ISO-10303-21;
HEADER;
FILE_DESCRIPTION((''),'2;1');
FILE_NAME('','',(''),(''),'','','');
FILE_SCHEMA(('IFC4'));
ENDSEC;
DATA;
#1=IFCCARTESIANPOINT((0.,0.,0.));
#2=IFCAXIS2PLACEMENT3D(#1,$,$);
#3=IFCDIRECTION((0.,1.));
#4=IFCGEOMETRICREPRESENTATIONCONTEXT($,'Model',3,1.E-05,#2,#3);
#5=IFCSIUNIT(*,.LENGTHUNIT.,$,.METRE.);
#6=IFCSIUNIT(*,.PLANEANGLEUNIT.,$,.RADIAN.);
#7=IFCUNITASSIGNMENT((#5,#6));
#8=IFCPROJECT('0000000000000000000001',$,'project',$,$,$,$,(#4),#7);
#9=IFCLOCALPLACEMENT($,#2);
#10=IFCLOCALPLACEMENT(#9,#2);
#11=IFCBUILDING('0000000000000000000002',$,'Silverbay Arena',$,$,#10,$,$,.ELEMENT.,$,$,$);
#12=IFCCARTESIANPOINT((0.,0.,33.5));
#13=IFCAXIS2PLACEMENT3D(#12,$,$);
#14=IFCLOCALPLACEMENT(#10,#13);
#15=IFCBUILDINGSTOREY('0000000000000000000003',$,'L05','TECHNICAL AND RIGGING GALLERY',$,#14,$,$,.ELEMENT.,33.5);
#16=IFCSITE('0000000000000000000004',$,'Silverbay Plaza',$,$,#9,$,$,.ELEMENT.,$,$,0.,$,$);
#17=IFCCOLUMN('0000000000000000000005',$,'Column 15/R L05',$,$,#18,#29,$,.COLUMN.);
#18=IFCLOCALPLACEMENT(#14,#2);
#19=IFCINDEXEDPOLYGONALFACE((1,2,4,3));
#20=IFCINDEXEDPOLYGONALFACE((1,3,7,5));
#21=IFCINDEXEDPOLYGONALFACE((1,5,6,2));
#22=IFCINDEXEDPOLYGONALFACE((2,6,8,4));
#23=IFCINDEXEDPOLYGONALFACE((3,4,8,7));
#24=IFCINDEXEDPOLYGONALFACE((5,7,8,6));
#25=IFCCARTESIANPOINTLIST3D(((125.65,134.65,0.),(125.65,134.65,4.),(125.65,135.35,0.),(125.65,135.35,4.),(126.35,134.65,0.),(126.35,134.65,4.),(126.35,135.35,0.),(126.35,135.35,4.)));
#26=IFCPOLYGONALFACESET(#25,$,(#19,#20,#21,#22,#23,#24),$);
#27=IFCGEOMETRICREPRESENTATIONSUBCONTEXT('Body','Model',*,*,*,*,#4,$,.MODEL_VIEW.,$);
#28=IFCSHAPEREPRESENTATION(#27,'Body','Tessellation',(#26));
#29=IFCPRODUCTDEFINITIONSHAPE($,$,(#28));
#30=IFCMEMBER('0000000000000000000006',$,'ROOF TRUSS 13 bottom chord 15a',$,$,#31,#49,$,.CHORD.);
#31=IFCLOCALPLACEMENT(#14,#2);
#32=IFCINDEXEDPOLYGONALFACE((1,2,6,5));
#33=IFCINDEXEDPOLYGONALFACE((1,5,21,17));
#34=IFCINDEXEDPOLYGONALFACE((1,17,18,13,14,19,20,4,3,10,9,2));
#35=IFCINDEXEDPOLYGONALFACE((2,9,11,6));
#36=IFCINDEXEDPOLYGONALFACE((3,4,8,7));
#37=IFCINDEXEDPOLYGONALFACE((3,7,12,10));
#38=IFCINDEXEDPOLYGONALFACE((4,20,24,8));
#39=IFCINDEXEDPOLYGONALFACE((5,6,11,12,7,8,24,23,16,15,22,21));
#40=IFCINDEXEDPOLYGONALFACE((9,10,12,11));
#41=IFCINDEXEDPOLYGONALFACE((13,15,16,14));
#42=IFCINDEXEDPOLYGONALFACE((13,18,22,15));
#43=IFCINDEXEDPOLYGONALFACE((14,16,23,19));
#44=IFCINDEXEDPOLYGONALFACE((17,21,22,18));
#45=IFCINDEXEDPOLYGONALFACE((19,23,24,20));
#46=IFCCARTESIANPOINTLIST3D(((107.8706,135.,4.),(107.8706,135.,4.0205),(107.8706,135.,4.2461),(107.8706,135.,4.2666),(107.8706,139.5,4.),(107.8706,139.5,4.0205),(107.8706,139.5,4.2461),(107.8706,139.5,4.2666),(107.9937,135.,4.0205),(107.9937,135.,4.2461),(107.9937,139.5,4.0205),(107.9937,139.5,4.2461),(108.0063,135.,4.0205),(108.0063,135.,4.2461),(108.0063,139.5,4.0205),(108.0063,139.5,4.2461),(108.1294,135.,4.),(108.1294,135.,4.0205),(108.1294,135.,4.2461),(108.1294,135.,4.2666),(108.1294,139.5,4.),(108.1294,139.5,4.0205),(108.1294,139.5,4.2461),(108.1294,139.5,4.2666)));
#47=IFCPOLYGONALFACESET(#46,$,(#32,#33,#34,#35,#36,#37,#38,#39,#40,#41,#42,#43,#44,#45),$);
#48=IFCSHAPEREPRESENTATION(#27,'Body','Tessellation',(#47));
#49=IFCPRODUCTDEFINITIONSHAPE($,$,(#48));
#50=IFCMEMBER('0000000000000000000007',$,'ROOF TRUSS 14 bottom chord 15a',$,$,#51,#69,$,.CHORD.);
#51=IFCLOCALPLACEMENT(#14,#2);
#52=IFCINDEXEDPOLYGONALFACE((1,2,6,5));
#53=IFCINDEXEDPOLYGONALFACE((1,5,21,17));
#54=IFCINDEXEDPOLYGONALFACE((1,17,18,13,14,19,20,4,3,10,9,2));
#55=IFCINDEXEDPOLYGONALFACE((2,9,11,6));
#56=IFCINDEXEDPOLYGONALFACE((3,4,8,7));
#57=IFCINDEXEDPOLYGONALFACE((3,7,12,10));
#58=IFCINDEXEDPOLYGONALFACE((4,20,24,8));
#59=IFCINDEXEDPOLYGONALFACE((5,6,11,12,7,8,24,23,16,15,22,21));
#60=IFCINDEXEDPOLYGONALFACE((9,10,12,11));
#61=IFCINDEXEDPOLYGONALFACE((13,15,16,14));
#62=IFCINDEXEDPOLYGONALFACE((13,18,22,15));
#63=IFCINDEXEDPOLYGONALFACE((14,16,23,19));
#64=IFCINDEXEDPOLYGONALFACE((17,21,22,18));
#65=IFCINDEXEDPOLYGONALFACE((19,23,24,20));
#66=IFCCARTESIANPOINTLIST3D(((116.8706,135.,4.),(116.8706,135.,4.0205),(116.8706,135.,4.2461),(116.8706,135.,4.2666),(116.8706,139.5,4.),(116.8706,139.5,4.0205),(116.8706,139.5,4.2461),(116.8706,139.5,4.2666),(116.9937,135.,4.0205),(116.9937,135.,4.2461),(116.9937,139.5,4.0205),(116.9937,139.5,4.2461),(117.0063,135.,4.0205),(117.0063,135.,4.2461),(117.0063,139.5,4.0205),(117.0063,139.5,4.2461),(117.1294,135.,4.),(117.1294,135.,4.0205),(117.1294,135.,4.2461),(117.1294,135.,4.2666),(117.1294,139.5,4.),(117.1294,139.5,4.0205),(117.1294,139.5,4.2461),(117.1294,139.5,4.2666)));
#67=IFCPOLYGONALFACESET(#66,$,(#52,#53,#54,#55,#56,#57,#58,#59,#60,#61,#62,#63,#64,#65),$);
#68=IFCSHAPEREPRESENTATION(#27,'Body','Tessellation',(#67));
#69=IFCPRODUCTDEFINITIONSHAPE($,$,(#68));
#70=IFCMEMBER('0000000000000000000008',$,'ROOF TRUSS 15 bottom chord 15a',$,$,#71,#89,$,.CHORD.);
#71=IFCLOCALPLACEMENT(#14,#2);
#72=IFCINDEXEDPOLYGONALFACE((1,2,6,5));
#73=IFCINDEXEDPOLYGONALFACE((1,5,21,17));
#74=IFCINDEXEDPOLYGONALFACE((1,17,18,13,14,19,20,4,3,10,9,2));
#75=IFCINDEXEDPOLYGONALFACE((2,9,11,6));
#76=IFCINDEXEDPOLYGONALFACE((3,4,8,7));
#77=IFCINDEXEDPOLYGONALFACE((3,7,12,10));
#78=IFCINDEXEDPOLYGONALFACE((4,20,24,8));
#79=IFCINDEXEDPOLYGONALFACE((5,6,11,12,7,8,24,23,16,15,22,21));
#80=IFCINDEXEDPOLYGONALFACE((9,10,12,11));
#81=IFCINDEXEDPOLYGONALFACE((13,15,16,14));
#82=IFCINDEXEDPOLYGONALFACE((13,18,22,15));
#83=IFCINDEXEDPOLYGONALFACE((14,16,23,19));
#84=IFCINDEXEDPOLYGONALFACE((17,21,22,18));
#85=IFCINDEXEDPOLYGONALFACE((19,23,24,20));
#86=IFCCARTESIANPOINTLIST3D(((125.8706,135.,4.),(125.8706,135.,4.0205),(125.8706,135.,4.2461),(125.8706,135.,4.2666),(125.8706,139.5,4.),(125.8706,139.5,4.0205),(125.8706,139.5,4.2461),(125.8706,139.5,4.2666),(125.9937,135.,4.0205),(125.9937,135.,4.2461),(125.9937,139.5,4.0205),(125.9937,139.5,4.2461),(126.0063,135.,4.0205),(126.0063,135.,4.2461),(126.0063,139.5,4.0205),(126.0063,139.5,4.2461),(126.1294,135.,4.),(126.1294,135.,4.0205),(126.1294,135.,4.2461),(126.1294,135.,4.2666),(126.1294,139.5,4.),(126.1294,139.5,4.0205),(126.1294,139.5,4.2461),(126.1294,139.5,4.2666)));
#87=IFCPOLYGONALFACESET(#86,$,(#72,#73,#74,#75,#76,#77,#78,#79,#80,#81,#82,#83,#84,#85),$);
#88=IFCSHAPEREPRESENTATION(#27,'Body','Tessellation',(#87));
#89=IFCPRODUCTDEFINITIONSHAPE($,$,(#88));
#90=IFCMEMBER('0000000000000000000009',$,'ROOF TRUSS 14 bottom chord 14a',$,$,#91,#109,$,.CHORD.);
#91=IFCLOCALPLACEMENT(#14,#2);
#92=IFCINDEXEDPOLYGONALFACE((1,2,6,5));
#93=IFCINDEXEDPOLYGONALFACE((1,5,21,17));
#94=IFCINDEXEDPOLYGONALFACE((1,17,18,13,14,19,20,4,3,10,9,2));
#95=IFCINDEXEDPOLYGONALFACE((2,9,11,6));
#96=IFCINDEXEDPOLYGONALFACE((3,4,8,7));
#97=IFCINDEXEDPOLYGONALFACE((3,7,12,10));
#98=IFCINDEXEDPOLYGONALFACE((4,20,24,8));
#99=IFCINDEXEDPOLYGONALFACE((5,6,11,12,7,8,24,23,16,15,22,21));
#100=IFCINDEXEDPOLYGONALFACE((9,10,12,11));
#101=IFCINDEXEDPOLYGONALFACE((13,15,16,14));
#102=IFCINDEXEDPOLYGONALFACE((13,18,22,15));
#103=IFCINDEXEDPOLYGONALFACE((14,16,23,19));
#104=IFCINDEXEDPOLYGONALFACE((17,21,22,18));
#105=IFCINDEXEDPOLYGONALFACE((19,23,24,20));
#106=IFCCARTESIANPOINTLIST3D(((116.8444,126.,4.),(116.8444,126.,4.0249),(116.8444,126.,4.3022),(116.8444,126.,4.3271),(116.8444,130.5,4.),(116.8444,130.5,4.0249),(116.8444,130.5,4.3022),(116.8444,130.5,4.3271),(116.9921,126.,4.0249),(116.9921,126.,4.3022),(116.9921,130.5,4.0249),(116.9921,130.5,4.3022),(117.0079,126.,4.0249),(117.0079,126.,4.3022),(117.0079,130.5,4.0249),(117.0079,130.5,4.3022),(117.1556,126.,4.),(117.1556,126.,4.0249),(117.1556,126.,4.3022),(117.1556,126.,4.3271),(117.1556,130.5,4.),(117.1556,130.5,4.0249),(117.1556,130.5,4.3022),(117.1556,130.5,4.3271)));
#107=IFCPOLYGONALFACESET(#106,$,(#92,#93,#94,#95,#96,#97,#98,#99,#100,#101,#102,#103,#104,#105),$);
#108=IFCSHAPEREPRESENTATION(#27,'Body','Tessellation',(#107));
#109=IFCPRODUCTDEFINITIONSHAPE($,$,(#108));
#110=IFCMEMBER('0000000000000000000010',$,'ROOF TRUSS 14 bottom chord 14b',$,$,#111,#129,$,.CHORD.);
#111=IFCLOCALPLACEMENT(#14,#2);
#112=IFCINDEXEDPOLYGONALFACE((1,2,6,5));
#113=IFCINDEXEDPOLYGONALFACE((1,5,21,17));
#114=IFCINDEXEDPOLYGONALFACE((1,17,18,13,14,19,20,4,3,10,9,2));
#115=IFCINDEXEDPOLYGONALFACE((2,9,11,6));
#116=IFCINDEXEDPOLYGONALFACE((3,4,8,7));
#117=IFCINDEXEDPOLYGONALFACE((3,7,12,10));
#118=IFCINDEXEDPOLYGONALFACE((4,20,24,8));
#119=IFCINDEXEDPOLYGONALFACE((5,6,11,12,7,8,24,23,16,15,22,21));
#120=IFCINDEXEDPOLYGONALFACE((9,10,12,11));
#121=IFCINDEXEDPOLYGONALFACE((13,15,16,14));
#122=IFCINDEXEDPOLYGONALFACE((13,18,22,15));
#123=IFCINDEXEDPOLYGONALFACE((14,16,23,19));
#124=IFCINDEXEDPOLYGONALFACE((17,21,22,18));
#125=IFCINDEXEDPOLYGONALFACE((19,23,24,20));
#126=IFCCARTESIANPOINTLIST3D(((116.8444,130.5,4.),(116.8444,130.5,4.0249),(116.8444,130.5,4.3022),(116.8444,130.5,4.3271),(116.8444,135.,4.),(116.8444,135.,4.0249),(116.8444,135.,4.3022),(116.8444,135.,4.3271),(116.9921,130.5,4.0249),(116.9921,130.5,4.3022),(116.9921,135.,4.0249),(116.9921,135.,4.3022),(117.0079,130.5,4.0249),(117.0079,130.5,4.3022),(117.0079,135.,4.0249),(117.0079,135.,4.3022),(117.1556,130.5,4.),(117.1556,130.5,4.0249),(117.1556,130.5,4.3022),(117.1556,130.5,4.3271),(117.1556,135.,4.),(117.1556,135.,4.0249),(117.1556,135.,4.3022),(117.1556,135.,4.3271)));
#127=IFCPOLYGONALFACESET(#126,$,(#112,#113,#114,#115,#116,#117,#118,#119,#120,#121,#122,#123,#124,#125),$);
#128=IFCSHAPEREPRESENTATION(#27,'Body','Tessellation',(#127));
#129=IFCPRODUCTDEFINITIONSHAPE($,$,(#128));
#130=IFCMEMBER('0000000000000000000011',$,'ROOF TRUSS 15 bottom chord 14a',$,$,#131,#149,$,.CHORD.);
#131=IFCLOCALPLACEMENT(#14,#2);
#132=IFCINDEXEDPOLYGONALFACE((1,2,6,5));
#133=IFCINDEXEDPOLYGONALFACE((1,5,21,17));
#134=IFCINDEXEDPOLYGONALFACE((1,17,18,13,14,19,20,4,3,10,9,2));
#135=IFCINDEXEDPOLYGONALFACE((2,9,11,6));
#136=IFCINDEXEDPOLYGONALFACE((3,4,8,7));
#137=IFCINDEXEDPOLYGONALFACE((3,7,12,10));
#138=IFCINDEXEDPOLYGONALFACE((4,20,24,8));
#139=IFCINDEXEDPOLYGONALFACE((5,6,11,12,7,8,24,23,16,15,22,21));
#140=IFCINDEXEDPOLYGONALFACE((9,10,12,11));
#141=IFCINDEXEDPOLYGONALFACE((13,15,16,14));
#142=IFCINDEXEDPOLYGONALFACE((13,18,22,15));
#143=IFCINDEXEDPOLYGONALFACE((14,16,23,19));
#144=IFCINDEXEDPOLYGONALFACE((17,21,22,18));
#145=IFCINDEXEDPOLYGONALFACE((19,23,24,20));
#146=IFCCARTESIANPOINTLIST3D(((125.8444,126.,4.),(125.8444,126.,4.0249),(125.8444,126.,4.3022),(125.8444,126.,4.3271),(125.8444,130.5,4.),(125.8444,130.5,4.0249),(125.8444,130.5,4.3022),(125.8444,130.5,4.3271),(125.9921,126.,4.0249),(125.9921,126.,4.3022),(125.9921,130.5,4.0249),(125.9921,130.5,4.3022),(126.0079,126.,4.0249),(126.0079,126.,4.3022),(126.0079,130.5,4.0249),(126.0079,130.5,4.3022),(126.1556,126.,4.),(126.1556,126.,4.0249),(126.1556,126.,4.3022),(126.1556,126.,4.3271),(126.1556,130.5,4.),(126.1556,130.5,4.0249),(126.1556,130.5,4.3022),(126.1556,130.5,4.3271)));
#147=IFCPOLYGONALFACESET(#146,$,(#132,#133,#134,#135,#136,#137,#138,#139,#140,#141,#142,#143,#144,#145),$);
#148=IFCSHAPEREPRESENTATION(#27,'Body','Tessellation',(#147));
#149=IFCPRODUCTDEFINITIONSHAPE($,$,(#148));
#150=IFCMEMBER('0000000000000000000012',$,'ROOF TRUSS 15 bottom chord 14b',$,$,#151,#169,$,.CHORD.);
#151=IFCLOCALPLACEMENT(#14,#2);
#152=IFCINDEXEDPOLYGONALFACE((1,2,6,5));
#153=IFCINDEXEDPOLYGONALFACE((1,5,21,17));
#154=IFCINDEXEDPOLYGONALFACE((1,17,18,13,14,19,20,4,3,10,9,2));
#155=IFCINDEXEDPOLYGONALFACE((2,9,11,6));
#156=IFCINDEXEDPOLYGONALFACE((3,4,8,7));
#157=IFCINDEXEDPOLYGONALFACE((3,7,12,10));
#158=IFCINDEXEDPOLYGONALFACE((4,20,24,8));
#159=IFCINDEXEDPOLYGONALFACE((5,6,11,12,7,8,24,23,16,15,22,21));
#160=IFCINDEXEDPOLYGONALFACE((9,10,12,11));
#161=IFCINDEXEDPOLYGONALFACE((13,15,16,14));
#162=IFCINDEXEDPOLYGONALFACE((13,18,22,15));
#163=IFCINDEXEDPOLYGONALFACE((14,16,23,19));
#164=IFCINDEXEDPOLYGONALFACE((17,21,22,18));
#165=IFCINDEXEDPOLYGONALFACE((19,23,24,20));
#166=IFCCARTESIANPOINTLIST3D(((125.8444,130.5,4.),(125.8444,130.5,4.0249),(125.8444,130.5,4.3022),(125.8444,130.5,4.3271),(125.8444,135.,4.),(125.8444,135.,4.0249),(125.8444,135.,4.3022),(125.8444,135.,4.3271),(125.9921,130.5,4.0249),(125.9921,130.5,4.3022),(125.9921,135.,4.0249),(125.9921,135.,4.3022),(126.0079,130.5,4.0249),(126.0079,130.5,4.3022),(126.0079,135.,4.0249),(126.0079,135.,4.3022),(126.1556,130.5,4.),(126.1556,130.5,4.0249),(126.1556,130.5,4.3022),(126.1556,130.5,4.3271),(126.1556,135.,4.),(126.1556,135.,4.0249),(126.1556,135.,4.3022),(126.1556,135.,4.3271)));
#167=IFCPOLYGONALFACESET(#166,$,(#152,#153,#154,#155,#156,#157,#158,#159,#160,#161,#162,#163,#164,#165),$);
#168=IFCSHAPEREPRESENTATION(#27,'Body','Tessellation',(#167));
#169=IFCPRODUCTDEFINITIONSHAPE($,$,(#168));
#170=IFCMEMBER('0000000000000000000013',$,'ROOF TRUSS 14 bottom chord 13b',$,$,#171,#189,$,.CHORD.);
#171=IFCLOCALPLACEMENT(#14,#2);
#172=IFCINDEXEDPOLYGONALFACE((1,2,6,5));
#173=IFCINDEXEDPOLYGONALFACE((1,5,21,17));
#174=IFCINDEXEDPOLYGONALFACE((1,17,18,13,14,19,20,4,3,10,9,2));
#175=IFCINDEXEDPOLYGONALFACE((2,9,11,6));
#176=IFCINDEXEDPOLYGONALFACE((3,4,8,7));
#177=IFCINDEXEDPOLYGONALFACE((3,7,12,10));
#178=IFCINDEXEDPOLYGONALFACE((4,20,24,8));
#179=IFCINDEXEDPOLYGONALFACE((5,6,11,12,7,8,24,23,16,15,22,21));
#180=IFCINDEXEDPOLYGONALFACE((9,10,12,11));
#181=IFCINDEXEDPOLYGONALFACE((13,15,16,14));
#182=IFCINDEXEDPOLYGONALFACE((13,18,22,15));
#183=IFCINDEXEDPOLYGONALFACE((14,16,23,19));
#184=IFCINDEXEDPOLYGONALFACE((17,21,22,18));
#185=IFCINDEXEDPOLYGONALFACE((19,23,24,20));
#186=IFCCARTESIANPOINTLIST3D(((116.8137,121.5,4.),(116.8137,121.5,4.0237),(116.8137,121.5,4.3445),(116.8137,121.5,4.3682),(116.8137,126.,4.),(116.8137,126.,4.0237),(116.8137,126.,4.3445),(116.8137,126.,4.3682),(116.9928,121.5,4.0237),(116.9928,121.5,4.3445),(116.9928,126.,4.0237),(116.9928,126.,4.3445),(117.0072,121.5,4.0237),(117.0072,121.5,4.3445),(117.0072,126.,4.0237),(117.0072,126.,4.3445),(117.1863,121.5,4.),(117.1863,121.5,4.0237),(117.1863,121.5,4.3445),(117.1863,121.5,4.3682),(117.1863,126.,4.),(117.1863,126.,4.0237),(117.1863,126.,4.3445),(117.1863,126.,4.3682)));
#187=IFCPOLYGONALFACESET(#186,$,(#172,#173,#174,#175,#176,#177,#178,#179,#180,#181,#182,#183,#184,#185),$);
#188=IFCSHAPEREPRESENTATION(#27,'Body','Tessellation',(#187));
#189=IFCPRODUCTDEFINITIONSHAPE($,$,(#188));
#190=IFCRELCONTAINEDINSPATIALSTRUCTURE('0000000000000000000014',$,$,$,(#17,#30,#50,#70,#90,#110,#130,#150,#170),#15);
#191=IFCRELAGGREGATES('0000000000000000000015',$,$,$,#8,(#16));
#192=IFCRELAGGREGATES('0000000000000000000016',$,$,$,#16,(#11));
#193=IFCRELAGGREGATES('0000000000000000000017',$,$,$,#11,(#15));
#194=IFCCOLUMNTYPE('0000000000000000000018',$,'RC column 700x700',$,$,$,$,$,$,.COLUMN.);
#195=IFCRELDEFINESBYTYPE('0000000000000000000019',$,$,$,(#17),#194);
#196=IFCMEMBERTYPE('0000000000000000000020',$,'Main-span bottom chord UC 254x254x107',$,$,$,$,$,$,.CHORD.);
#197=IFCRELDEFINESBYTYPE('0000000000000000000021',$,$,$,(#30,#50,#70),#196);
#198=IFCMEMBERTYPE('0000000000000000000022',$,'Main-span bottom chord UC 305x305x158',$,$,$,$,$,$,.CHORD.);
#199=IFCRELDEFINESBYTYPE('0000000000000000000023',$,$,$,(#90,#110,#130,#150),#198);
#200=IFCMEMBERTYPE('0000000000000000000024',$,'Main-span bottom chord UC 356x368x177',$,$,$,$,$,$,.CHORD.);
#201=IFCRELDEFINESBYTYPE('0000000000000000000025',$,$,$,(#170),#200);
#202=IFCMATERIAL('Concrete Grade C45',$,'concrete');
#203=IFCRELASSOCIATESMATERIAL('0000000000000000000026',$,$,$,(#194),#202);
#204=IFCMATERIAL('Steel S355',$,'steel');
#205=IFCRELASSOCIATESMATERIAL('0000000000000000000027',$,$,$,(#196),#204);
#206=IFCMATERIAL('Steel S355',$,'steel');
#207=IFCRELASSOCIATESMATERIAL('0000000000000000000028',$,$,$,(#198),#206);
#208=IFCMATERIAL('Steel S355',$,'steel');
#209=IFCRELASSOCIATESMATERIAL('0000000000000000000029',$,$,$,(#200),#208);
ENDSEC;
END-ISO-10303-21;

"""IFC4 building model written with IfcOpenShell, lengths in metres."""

from ifc_helpers import new_model, si_unit, direction, frame, origin, origin_2d, place, context, subcontext, project, spatial, rectangle, i_section, extrude, material, material_profile, profile_set, type_object, element, save


model = new_model("IFC4")

# Units and contexts
model_context = context("Model", 3, precision=1e-05, world=origin(), true_north=direction((0.0, 1.0)))
body_context = subcontext(model_context, "Body", "Model", "MODEL_VIEW")
ifc_project = project(units=[si_unit("LENGTHUNIT", "METRE"), si_unit("PLANEANGLEUNIT", "RADIAN")], contexts=[model_context])

# Site, building, storey
site_placement = place(None, origin())
site = spatial("IfcSite", under=ifc_project, at=site_placement, Name="Silverbay Plaza", CompositionType="ELEMENT", RefElevation=0.0)
building_placement = place(site_placement, origin())
building = spatial("IfcBuilding", under=site, at=building_placement, Name="Silverbay Arena", CompositionType="ELEMENT")
storey_placement = place(building_placement, frame((0.0, 0.0, 33.5)))
storey = spatial("IfcBuildingStorey", under=building, at=storey_placement, Name="L05", Description="TECHNICAL AND RIGGING GALLERY", CompositionType="ELEMENT", Elevation=33.5)

# Column
ifc_material_1 = material(Name="Concrete Grade C45", Category="concrete")
ifc_material_profile_1 = material_profile(ifc_material_1, rectangle(XDim=0.7, YDim=0.7, at=origin_2d()), Name="RC 700x700")
ifc_profile_set_1 = profile_set([ifc_material_profile_1], Name="Concrete Grade C45")
column_type = type_object("IfcColumnType", Name="RC column 700x700", PredefinedType="COLUMN", material=ifc_profile_set_1)
column_placement = place(storey_placement, frame((126.0, 135.0, 0.0), z_axis=(0.0, 0.0, 1.0), x_axis=(1.0, 0.0, 0.0)))
element("IfcColumn", 1, at=column_placement, inside=storey, type_object=column_type, Name="Column 15/R L05", PredefinedType="COLUMN", context=body_context, shape_type="SweptSolid", body=[
    extrude(rectangle(XDim=0.7, YDim=0.7, at=origin_2d()), origin(), (0.0, 0.0, 1.0), 4.0),
])

# Members
ifc_material_2 = material(Name="Steel S355", Category="steel")
ifc_material_profile_2 = material_profile(ifc_material_2, i_section(OverallWidth=0.2588, OverallDepth=0.2666, WebThickness=0.0127, FlangeThickness=0.0205, at=origin_2d()), Name="UC 254x254x107")
ifc_profile_set_2 = profile_set([ifc_material_profile_2], Name="Steel S355")
member_type_1 = type_object("IfcMemberType", Name="Main-span bottom chord UC 254x254x107", PredefinedType="CHORD", material=ifc_profile_set_2)
for number, where, z_axis, x_axis, name in (
    (2, (108.0, 135.0, 4.1333), (0.0, 1.0, 0.0), (-1.0, 0.0, 0.0), "ROOF TRUSS 13 bottom chord 15a"),
    (3, (117.0, 135.0, 4.1333), (0.0, 1.0, 0.0), (-1.0, 0.0, 0.0), "ROOF TRUSS 14 bottom chord 15a"),
    (4, (126.0, 135.0, 4.1333), (0.0, 1.0, 0.0), (-1.0, 0.0, 0.0), "ROOF TRUSS 15 bottom chord 15a"),
):
    element("IfcMember", number, at=place(storey_placement, frame(where, z_axis=z_axis, x_axis=x_axis)), inside=storey, type_object=member_type_1, Name=name, PredefinedType="CHORD", context=body_context, shape_type="SweptSolid", body=[
        extrude(i_section(OverallWidth=0.2588, OverallDepth=0.2666, WebThickness=0.0127, FlangeThickness=0.0205, at=origin_2d()), origin(), (0.0, 0.0, 1.0), 4.5),
    ])
ifc_material_3 = material(Name="Steel S355", Category="steel")
ifc_material_profile_3 = material_profile(ifc_material_3, i_section(OverallWidth=0.3113, OverallDepth=0.3271, WebThickness=0.0159, FlangeThickness=0.0249, at=origin_2d()), Name="UC 305x305x158")
ifc_profile_set_3 = profile_set([ifc_material_profile_3], Name="Steel S355")
member_type_2 = type_object("IfcMemberType", Name="Main-span bottom chord UC 305x305x158", PredefinedType="CHORD", material=ifc_profile_set_3)
for number, where, z_axis, x_axis, name in (
    (5, (117.0, 126.0, 4.1636), (0.0, 1.0, 0.0), (-1.0, 0.0, 0.0), "ROOF TRUSS 14 bottom chord 14a"),
    (6, (117.0, 130.5, 4.1636), (0.0, 1.0, 0.0), (-1.0, 0.0, 0.0), "ROOF TRUSS 14 bottom chord 14b"),
    (7, (126.0, 126.0, 4.1636), (0.0, 1.0, 0.0), (-1.0, 0.0, 0.0), "ROOF TRUSS 15 bottom chord 14a"),
    (8, (126.0, 130.5, 4.1636), (0.0, 1.0, 0.0), (-1.0, 0.0, 0.0), "ROOF TRUSS 15 bottom chord 14b"),
):
    element("IfcMember", number, at=place(storey_placement, frame(where, z_axis=z_axis, x_axis=x_axis)), inside=storey, type_object=member_type_2, Name=name, PredefinedType="CHORD", context=body_context, shape_type="SweptSolid", body=[
        extrude(i_section(OverallWidth=0.3113, OverallDepth=0.3271, WebThickness=0.0159, FlangeThickness=0.0249, at=origin_2d()), origin(), (0.0, 0.0, 1.0), 4.5),
    ])
ifc_material_4 = material(Name="Steel S355", Category="steel")
ifc_material_profile_4 = material_profile(ifc_material_4, i_section(OverallWidth=0.3726, OverallDepth=0.3682, WebThickness=0.0144, FlangeThickness=0.0237, at=origin_2d()), Name="UC 356x368x177")
ifc_profile_set_4 = profile_set([ifc_material_profile_4], Name="Steel S355")
member_type_3 = type_object("IfcMemberType", Name="Main-span bottom chord UC 356x368x177", PredefinedType="CHORD", material=ifc_profile_set_4)
for number, where, z_axis, x_axis, name in (
    (9, (117.0, 121.5, 4.1841), (0.0, 1.0, 0.0), (-1.0, 0.0, 0.0), "ROOF TRUSS 14 bottom chord 13b"),
):
    element("IfcMember", number, at=place(storey_placement, frame(where, z_axis=z_axis, x_axis=x_axis)), inside=storey, type_object=member_type_3, Name=name, PredefinedType="CHORD", context=body_context, shape_type="SweptSolid", body=[
        extrude(i_section(OverallWidth=0.3726, OverallDepth=0.3682, WebThickness=0.0144, FlangeThickness=0.0237, at=origin_2d()), origin(), (0.0, 0.0, 1.0), 4.5),
    ])

save(model, "model.ifc")
